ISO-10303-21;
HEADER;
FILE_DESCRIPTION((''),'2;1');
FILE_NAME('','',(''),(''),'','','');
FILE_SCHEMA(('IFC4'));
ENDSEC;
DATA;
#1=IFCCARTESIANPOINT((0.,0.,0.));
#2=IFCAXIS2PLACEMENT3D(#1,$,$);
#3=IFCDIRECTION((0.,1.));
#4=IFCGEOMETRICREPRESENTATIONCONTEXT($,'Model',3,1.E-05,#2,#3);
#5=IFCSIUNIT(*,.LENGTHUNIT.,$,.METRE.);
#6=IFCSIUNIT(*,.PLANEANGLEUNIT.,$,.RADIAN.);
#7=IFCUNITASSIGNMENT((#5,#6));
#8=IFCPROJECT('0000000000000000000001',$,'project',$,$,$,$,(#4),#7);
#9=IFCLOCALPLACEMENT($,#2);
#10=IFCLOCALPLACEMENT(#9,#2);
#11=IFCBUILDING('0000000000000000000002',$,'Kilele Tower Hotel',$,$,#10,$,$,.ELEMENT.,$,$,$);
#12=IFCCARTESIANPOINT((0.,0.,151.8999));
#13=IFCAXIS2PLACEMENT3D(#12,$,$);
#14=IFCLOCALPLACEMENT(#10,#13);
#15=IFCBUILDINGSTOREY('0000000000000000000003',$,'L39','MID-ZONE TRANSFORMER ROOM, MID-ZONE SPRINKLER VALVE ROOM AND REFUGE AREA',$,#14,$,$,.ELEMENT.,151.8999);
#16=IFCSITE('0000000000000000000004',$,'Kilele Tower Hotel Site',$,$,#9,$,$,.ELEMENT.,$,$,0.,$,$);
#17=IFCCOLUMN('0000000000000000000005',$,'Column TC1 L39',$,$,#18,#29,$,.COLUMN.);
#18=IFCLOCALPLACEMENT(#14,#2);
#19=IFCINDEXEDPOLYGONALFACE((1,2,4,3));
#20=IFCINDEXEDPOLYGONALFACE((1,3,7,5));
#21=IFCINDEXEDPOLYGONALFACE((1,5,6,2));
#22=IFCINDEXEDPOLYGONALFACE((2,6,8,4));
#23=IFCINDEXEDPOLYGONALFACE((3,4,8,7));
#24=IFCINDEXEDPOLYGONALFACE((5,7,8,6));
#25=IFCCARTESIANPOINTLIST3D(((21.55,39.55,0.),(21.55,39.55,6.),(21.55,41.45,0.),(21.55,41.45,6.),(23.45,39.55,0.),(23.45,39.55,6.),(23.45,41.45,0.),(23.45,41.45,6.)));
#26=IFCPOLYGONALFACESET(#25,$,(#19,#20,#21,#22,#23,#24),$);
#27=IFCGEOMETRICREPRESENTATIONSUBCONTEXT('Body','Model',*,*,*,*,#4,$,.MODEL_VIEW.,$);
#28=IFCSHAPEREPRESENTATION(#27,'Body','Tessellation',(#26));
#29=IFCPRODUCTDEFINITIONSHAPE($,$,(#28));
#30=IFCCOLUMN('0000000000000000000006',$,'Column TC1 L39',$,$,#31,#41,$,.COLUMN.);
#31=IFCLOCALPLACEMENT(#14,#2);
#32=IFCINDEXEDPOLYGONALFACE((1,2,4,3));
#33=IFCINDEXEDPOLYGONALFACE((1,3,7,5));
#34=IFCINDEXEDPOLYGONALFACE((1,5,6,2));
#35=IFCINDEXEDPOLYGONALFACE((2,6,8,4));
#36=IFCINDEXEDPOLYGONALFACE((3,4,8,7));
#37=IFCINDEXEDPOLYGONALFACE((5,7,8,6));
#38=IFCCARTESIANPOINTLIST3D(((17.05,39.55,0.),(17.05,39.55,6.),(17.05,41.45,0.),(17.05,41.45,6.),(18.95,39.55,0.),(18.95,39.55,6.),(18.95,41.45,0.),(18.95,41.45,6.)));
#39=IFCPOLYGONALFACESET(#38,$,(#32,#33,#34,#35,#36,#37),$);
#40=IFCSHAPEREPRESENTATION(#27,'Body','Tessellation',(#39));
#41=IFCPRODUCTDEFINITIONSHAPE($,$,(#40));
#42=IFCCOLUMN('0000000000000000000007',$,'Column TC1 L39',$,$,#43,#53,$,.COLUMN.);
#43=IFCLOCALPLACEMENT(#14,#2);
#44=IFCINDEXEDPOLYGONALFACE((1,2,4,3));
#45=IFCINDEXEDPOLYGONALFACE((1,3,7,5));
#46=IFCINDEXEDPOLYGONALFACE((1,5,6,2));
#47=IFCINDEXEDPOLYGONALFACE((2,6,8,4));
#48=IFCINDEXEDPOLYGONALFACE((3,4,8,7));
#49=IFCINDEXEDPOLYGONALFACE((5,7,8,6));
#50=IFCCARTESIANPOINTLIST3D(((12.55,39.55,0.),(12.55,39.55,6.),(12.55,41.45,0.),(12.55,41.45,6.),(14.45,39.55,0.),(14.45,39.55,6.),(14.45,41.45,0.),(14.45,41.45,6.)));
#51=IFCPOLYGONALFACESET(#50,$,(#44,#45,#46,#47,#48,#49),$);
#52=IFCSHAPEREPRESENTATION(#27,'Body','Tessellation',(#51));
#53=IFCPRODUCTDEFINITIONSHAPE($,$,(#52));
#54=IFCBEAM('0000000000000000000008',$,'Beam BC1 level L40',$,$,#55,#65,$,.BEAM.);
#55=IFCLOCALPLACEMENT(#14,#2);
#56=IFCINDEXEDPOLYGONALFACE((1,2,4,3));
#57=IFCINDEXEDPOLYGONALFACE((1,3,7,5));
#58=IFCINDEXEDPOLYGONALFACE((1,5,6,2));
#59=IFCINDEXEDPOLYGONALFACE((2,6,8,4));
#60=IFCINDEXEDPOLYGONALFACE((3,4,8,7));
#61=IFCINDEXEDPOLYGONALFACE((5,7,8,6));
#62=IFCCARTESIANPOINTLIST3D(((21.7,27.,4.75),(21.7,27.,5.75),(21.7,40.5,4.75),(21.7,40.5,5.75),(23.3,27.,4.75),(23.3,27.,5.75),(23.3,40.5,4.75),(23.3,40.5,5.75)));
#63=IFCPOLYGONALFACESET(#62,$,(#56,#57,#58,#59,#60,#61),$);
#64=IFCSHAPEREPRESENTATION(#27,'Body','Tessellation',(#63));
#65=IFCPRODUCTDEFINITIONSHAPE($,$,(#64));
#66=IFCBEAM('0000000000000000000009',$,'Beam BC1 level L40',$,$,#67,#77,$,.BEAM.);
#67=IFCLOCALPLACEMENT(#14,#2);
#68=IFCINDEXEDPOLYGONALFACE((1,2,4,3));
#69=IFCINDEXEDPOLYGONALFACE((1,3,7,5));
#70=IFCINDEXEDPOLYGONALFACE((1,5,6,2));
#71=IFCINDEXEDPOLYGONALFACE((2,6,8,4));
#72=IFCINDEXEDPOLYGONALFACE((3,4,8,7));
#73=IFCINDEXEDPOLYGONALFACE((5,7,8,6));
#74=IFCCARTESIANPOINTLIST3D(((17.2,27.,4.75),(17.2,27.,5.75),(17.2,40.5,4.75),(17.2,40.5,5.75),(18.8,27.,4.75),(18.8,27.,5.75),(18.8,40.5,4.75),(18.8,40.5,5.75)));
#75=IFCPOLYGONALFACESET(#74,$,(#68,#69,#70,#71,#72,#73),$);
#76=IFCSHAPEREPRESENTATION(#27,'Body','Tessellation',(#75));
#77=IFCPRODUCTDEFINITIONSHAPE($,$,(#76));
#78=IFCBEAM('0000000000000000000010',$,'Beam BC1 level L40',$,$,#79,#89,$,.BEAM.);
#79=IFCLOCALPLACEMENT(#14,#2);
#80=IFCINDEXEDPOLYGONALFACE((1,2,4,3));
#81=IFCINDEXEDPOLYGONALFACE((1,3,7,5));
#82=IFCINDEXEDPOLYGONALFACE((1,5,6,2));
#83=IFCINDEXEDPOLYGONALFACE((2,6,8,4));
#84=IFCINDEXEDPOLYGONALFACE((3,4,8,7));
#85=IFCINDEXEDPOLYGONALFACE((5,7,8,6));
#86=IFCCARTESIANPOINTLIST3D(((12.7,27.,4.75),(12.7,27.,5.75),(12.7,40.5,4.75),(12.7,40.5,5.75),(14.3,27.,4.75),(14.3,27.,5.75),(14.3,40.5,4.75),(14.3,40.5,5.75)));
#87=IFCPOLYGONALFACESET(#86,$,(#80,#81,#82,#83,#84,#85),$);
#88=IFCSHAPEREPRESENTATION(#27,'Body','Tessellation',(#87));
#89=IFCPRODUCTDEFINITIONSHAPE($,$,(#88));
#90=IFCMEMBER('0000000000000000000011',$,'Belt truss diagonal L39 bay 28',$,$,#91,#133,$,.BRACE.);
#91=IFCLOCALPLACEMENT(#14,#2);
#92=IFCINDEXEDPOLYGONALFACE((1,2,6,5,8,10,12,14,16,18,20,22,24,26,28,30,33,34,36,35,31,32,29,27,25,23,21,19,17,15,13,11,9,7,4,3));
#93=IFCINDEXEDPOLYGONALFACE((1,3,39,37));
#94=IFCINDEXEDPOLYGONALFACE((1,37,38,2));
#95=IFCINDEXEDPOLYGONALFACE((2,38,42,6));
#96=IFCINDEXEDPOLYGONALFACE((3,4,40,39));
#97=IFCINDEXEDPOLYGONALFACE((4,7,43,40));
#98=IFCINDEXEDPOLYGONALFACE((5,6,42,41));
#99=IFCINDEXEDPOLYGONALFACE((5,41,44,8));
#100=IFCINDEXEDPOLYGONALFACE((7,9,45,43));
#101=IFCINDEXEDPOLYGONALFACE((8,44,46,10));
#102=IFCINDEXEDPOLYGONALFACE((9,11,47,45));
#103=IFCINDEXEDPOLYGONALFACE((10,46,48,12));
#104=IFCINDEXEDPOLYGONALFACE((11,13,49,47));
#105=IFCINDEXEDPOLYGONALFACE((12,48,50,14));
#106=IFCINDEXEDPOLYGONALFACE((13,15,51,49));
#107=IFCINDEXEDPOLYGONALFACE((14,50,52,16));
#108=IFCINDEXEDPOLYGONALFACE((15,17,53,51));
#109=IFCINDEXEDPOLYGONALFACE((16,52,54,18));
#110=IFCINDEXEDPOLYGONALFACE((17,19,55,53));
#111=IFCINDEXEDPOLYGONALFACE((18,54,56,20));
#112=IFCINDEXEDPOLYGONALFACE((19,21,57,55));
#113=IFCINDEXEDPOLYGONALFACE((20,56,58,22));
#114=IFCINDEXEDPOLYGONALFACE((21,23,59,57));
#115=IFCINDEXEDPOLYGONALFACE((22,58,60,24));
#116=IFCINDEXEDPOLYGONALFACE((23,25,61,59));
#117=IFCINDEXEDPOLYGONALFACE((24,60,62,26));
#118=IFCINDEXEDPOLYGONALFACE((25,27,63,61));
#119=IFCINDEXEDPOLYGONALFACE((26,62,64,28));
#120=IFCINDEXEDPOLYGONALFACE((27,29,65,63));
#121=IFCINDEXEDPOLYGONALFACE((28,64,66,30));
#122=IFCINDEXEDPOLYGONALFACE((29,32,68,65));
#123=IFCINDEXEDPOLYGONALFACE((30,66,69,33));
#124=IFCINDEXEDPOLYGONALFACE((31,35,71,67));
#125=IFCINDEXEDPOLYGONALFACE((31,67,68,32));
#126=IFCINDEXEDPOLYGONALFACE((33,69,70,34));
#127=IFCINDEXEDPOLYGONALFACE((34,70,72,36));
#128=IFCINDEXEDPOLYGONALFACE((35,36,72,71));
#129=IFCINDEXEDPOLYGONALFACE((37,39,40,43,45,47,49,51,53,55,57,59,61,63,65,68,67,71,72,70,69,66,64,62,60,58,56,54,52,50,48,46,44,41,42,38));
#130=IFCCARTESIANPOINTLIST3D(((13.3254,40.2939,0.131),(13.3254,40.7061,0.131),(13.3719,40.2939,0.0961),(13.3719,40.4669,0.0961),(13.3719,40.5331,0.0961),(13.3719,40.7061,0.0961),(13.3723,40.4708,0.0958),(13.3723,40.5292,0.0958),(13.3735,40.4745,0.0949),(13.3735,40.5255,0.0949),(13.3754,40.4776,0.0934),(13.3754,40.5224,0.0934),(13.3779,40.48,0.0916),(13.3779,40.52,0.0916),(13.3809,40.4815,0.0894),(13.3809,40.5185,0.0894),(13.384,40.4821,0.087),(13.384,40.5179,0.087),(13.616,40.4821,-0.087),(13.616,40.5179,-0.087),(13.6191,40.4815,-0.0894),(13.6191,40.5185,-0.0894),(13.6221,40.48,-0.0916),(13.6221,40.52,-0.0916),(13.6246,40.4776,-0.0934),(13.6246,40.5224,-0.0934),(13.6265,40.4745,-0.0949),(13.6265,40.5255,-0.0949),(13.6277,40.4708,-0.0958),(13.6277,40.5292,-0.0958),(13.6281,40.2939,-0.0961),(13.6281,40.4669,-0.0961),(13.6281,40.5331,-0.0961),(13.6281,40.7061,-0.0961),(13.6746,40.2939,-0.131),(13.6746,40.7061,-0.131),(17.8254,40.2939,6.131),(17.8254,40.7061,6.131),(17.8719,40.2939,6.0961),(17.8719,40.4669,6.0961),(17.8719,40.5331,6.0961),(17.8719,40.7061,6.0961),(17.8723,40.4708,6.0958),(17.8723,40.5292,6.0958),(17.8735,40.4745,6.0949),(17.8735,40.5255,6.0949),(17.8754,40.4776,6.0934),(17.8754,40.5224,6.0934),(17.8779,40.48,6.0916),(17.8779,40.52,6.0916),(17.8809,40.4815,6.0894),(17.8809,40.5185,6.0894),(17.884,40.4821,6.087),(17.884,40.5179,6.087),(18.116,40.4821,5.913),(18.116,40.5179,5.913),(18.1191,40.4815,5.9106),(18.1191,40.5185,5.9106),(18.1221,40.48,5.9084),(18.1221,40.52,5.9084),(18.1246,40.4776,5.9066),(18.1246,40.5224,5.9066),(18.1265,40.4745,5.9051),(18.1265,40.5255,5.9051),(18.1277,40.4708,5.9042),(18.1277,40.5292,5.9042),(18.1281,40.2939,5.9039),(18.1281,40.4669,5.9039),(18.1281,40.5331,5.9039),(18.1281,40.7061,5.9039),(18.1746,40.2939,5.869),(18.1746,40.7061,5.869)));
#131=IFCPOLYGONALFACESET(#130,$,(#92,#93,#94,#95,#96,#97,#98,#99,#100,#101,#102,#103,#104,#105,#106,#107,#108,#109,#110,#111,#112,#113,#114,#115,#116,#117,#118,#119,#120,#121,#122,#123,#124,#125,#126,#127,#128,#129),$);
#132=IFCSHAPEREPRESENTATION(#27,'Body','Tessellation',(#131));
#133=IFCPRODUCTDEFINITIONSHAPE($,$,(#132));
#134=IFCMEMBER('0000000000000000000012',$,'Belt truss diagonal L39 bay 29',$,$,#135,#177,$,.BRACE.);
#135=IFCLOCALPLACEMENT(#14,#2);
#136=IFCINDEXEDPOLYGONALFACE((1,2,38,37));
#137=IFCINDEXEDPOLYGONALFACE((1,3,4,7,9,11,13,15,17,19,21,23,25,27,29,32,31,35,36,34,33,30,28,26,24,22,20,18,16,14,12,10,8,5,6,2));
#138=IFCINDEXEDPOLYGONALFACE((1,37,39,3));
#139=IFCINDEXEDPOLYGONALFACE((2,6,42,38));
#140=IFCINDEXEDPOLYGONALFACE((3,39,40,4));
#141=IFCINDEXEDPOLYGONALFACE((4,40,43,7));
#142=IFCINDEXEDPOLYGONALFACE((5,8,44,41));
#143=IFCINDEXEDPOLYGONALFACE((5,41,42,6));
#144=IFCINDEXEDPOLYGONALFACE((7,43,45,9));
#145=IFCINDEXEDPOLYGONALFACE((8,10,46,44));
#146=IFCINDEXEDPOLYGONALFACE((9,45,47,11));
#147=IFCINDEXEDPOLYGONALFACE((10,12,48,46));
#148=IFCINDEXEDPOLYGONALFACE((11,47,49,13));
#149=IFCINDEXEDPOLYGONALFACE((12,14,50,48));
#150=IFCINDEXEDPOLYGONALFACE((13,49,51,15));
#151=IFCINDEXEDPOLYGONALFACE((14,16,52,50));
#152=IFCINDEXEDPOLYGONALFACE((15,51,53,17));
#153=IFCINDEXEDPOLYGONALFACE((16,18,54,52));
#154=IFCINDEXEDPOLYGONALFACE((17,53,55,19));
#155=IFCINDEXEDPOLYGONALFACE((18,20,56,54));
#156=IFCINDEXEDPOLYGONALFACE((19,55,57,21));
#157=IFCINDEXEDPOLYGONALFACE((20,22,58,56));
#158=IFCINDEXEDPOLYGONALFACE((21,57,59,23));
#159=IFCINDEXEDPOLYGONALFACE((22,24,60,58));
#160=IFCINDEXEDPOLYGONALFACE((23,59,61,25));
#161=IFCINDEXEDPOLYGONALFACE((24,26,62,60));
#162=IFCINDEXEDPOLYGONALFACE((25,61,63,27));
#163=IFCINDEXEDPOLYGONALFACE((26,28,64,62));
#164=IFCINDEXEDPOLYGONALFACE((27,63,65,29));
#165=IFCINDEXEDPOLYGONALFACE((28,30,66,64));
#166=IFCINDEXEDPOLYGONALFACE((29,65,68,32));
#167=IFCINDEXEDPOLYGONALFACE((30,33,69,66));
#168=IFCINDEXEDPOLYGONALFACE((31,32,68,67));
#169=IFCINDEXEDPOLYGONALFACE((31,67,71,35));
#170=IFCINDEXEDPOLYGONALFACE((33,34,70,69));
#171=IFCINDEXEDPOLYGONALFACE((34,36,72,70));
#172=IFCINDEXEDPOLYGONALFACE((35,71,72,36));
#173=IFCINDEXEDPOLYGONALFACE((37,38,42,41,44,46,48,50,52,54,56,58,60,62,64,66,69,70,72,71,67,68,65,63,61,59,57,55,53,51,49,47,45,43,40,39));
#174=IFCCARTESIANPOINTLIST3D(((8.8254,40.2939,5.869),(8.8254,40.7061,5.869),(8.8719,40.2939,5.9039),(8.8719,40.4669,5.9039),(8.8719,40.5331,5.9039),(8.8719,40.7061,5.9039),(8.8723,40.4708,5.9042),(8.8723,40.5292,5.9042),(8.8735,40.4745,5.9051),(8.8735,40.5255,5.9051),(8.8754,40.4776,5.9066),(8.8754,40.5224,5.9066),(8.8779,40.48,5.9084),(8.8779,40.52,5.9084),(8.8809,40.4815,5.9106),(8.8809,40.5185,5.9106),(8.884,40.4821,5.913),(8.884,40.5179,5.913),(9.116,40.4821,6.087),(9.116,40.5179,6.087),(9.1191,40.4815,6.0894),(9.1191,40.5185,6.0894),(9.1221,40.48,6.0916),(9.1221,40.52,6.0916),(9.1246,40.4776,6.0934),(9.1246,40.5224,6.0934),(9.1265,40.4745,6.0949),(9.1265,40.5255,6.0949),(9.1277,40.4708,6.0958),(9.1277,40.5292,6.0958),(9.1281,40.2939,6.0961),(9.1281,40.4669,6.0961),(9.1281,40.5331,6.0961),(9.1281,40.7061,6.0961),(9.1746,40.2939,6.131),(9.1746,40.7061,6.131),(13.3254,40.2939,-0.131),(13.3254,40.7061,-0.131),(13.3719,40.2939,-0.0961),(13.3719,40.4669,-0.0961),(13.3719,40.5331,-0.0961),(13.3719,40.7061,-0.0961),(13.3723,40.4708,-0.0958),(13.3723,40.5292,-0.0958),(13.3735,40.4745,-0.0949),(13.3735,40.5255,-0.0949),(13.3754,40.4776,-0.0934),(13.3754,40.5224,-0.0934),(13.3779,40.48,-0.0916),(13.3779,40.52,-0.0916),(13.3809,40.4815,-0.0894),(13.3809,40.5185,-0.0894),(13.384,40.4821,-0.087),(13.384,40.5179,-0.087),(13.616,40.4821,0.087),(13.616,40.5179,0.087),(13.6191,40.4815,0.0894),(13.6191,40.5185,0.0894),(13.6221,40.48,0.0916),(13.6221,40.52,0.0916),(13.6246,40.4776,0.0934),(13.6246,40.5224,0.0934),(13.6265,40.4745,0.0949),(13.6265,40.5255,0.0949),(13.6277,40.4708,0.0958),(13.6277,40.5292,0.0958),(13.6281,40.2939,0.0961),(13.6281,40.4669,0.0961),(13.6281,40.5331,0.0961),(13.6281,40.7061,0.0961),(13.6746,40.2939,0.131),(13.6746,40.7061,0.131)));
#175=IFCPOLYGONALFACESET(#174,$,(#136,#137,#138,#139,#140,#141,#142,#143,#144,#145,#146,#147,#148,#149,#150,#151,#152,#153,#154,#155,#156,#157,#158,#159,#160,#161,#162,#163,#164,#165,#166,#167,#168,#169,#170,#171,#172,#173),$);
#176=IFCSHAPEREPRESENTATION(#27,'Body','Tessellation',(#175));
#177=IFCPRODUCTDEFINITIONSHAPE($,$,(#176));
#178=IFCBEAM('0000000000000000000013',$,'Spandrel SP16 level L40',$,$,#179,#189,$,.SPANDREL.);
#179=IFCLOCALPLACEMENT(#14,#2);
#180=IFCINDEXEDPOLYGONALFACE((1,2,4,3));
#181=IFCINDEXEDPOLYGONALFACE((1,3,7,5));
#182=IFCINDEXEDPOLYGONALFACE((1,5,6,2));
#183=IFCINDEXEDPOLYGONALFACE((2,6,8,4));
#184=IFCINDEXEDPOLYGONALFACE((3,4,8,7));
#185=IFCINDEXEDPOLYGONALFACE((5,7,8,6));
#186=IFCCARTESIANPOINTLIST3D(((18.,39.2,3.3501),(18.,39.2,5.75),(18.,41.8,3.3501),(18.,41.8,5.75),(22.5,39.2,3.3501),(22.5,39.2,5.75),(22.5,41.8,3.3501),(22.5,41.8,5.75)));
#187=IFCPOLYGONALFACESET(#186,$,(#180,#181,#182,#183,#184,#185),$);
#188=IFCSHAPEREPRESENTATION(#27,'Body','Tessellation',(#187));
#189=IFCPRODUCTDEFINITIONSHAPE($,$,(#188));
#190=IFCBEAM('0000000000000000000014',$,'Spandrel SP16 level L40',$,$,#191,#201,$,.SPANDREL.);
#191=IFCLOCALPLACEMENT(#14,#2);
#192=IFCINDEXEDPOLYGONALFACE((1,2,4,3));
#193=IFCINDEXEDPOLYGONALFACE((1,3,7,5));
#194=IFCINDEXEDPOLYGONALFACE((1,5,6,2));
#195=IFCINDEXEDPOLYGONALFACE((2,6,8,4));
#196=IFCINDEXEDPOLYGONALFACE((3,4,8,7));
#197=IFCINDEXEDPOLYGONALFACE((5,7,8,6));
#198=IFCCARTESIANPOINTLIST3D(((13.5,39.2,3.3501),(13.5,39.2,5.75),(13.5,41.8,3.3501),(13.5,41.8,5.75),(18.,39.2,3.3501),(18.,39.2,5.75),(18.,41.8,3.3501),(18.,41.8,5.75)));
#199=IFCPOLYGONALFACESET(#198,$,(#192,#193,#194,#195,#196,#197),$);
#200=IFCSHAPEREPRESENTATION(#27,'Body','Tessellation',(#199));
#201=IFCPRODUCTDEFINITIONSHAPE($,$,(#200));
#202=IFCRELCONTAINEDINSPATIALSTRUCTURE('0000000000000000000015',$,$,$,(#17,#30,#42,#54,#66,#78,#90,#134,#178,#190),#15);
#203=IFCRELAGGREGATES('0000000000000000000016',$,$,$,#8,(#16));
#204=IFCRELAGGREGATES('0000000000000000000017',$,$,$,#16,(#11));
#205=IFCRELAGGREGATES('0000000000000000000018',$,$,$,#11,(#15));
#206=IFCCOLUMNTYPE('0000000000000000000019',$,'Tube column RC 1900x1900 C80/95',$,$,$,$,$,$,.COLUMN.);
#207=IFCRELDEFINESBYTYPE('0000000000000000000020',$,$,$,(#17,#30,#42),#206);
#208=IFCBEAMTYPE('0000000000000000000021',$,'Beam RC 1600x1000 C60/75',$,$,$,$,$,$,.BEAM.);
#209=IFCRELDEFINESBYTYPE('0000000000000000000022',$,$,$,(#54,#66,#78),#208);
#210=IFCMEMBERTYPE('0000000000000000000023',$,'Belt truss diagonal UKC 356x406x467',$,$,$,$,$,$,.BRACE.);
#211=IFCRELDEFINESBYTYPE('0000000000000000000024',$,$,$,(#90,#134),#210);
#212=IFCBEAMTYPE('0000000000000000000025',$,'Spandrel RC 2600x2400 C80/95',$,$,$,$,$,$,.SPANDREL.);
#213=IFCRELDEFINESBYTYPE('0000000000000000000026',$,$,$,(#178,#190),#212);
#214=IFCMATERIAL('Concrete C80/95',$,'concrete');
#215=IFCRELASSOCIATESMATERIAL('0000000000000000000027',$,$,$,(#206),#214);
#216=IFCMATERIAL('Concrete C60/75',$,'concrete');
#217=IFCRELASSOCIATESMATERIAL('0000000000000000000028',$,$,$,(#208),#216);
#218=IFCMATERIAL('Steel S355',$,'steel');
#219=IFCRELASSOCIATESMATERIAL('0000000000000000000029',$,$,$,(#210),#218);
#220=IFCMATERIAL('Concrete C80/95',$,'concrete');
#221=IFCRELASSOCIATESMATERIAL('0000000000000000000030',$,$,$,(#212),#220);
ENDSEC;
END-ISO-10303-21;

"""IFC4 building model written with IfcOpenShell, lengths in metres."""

from ifc_helpers import new_model, si_unit, direction, frame, origin, origin_2d, place, context, subcontext, project, spatial, rectangle, i_section, extrude, material, material_profile, profile_set, type_object, element, save


model = new_model("IFC4")

# Units and contexts
model_context = context("Model", 3, precision=1e-05, world=origin(), true_north=direction((0.0, 1.0)))
body_context = subcontext(model_context, "Body", "Model", "MODEL_VIEW")
ifc_project = project(units=[si_unit("LENGTHUNIT", "METRE"), si_unit("PLANEANGLEUNIT", "RADIAN")], contexts=[model_context])

# Site, building, storey
site_placement = place(None, origin())
site = spatial("IfcSite", under=ifc_project, at=site_placement, Name="Kilele Tower Hotel Site", CompositionType="ELEMENT", RefElevation=0.0)
building_placement = place(site_placement, origin())
building = spatial("IfcBuilding", under=site, at=building_placement, Name="Kilele Tower Hotel", CompositionType="ELEMENT")
storey_placement = place(building_placement, frame((0.0, 0.0, 151.8999)))
storey = spatial("IfcBuildingStorey", under=building, at=storey_placement, Name="L39", Description="MID-ZONE TRANSFORMER ROOM, MID-ZONE SPRINKLER VALVE ROOM AND REFUGE AREA", CompositionType="ELEMENT", Elevation=151.8999)

# Columns
ifc_material_1 = material(Name="Concrete C80/95", Category="concrete")
ifc_material_profile_1 = material_profile(ifc_material_1, rectangle(XDim=1.8999, YDim=1.8999, at=origin_2d()))
ifc_profile_set_1 = profile_set([ifc_material_profile_1], Name="Concrete C80/95")
column_type = type_object("IfcColumnType", Name="Tube column RC 1900x1900 C80/95", PredefinedType="COLUMN", material=ifc_profile_set_1)
for number, where, z_axis, x_axis, name in (
    (1, (22.5, 40.5, 0.0), (0.0, 0.0, 1.0), (1.0, 0.0, 0.0), "Column TC1 L39"),
    (2, (18.0, 40.5, 0.0), (0.0, 0.0, 1.0), (1.0, 0.0, 0.0), "Column TC1 L39"),
    (3, (13.5, 40.5, 0.0), (0.0, 0.0, 1.0), (1.0, 0.0, 0.0), "Column TC1 L39"),
):
    element("IfcColumn", number, at=place(storey_placement, frame(where, z_axis=z_axis, x_axis=x_axis)), inside=storey, type_object=column_type, Name=name, PredefinedType="COLUMN", context=body_context, shape_type="SweptSolid", body=[
        extrude(rectangle(XDim=1.8999, YDim=1.8999, at=origin_2d()), origin(), (0.0, 0.0, 1.0), 6.0),
    ])

# Beams
ifc_material_2 = material(Name="Concrete C60/75", Category="concrete")
ifc_material_profile_2 = material_profile(ifc_material_2, rectangle(XDim=1.6001, YDim=1.0, at=origin_2d()))
ifc_profile_set_2 = profile_set([ifc_material_profile_2], Name="Concrete C60/75")
beam_type_1 = type_object("IfcBeamType", Name="Beam RC 1600x1000 C60/75", PredefinedType="BEAM", material=ifc_profile_set_2)
for number, where, z_axis, x_axis, name in (
    (4, (22.5, 40.5, 5.25), (0.0, -1.0, 0.0), (1.0, 0.0, 0.0), "Beam BC1 level L40"),
    (5, (18.0, 40.5, 5.25), (0.0, -1.0, 0.0), (1.0, 0.0, 0.0), "Beam BC1 level L40"),
    (6, (13.5, 40.5, 5.25), (0.0, -1.0, 0.0), (1.0, 0.0, 0.0), "Beam BC1 level L40"),
):
    element("IfcBeam", number, at=place(storey_placement, frame(where, z_axis=z_axis, x_axis=x_axis)), inside=storey, type_object=beam_type_1, Name=name, PredefinedType="BEAM", context=body_context, shape_type="SweptSolid", body=[
        extrude(rectangle(XDim=1.6001, YDim=1.0, at=origin_2d()), origin(), (0.0, 0.0, 1.0), 13.5),
    ])

# Members
ifc_material_3 = material(Name="Steel S355", Category="steel")
ifc_material_profile_3 = material_profile(ifc_material_3, i_section(OverallWidth=0.4121, OverallDepth=0.4365, WebThickness=0.0359, FlangeThickness=0.0581, FilletRadius=0.0151, at=origin_2d()))
ifc_profile_set_3 = profile_set([ifc_material_profile_3], Name="Steel S355")
member_type = type_object("IfcMemberType", Name="Belt truss diagonal UKC 356x406x467", PredefinedType="BRACE", material=ifc_profile_set_3)
for number, where, z_axis, x_axis, name in (
    (7, (18.0, 40.5, 6.0), (-0.6, 0.0, -0.8), (0.0, -1.0, 0.0), "Belt truss diagonal L39 bay 28"),
    (8, (13.5, 40.5, 0.0), (-0.6, 0.0, 0.8), (0.0, -1.0, 0.0), "Belt truss diagonal L39 bay 29"),
):
    element("IfcMember", number, at=place(storey_placement, frame(where, z_axis=z_axis, x_axis=x_axis)), inside=storey, type_object=member_type, Name=name, PredefinedType="BRACE", context=body_context, shape_type="SweptSolid", body=[
        extrude(i_section(OverallWidth=0.4121, OverallDepth=0.4365, WebThickness=0.0359, FlangeThickness=0.0581, FilletRadius=0.0151, at=origin_2d()), origin(), (0.0, 0.0, 1.0), 7.5),
    ])

# Beams
ifc_material_4 = material(Name="Concrete C80/95", Category="concrete")
ifc_material_profile_4 = material_profile(ifc_material_4, rectangle(XDim=2.6001, YDim=2.3999, at=origin_2d()))
ifc_profile_set_4 = profile_set([ifc_material_profile_4], Name="Concrete C80/95")
beam_type_2 = type_object("IfcBeamType", Name="Spandrel RC 2600x2400 C80/95", PredefinedType="SPANDREL", material=ifc_profile_set_4)
for number, where, z_axis, x_axis, name in (
    (9, (22.5, 40.5, 4.55), (-1.0, 0.0, 0.0), (0.0, -1.0, 0.0), "Spandrel SP16 level L40"),
    (10, (18.0, 40.5, 4.55), (-1.0, 0.0, 0.0), (0.0, -1.0, 0.0), "Spandrel SP16 level L40"),
):
    element("IfcBeam", number, at=place(storey_placement, frame(where, z_axis=z_axis, x_axis=x_axis)), inside=storey, type_object=beam_type_2, Name=name, PredefinedType="SPANDREL", context=body_context, shape_type="SweptSolid", body=[
        extrude(rectangle(XDim=2.6001, YDim=2.3999, at=origin_2d()), origin(), (0.0, 0.0, 1.0), 4.5),
    ])

save(model, "model.ifc")
